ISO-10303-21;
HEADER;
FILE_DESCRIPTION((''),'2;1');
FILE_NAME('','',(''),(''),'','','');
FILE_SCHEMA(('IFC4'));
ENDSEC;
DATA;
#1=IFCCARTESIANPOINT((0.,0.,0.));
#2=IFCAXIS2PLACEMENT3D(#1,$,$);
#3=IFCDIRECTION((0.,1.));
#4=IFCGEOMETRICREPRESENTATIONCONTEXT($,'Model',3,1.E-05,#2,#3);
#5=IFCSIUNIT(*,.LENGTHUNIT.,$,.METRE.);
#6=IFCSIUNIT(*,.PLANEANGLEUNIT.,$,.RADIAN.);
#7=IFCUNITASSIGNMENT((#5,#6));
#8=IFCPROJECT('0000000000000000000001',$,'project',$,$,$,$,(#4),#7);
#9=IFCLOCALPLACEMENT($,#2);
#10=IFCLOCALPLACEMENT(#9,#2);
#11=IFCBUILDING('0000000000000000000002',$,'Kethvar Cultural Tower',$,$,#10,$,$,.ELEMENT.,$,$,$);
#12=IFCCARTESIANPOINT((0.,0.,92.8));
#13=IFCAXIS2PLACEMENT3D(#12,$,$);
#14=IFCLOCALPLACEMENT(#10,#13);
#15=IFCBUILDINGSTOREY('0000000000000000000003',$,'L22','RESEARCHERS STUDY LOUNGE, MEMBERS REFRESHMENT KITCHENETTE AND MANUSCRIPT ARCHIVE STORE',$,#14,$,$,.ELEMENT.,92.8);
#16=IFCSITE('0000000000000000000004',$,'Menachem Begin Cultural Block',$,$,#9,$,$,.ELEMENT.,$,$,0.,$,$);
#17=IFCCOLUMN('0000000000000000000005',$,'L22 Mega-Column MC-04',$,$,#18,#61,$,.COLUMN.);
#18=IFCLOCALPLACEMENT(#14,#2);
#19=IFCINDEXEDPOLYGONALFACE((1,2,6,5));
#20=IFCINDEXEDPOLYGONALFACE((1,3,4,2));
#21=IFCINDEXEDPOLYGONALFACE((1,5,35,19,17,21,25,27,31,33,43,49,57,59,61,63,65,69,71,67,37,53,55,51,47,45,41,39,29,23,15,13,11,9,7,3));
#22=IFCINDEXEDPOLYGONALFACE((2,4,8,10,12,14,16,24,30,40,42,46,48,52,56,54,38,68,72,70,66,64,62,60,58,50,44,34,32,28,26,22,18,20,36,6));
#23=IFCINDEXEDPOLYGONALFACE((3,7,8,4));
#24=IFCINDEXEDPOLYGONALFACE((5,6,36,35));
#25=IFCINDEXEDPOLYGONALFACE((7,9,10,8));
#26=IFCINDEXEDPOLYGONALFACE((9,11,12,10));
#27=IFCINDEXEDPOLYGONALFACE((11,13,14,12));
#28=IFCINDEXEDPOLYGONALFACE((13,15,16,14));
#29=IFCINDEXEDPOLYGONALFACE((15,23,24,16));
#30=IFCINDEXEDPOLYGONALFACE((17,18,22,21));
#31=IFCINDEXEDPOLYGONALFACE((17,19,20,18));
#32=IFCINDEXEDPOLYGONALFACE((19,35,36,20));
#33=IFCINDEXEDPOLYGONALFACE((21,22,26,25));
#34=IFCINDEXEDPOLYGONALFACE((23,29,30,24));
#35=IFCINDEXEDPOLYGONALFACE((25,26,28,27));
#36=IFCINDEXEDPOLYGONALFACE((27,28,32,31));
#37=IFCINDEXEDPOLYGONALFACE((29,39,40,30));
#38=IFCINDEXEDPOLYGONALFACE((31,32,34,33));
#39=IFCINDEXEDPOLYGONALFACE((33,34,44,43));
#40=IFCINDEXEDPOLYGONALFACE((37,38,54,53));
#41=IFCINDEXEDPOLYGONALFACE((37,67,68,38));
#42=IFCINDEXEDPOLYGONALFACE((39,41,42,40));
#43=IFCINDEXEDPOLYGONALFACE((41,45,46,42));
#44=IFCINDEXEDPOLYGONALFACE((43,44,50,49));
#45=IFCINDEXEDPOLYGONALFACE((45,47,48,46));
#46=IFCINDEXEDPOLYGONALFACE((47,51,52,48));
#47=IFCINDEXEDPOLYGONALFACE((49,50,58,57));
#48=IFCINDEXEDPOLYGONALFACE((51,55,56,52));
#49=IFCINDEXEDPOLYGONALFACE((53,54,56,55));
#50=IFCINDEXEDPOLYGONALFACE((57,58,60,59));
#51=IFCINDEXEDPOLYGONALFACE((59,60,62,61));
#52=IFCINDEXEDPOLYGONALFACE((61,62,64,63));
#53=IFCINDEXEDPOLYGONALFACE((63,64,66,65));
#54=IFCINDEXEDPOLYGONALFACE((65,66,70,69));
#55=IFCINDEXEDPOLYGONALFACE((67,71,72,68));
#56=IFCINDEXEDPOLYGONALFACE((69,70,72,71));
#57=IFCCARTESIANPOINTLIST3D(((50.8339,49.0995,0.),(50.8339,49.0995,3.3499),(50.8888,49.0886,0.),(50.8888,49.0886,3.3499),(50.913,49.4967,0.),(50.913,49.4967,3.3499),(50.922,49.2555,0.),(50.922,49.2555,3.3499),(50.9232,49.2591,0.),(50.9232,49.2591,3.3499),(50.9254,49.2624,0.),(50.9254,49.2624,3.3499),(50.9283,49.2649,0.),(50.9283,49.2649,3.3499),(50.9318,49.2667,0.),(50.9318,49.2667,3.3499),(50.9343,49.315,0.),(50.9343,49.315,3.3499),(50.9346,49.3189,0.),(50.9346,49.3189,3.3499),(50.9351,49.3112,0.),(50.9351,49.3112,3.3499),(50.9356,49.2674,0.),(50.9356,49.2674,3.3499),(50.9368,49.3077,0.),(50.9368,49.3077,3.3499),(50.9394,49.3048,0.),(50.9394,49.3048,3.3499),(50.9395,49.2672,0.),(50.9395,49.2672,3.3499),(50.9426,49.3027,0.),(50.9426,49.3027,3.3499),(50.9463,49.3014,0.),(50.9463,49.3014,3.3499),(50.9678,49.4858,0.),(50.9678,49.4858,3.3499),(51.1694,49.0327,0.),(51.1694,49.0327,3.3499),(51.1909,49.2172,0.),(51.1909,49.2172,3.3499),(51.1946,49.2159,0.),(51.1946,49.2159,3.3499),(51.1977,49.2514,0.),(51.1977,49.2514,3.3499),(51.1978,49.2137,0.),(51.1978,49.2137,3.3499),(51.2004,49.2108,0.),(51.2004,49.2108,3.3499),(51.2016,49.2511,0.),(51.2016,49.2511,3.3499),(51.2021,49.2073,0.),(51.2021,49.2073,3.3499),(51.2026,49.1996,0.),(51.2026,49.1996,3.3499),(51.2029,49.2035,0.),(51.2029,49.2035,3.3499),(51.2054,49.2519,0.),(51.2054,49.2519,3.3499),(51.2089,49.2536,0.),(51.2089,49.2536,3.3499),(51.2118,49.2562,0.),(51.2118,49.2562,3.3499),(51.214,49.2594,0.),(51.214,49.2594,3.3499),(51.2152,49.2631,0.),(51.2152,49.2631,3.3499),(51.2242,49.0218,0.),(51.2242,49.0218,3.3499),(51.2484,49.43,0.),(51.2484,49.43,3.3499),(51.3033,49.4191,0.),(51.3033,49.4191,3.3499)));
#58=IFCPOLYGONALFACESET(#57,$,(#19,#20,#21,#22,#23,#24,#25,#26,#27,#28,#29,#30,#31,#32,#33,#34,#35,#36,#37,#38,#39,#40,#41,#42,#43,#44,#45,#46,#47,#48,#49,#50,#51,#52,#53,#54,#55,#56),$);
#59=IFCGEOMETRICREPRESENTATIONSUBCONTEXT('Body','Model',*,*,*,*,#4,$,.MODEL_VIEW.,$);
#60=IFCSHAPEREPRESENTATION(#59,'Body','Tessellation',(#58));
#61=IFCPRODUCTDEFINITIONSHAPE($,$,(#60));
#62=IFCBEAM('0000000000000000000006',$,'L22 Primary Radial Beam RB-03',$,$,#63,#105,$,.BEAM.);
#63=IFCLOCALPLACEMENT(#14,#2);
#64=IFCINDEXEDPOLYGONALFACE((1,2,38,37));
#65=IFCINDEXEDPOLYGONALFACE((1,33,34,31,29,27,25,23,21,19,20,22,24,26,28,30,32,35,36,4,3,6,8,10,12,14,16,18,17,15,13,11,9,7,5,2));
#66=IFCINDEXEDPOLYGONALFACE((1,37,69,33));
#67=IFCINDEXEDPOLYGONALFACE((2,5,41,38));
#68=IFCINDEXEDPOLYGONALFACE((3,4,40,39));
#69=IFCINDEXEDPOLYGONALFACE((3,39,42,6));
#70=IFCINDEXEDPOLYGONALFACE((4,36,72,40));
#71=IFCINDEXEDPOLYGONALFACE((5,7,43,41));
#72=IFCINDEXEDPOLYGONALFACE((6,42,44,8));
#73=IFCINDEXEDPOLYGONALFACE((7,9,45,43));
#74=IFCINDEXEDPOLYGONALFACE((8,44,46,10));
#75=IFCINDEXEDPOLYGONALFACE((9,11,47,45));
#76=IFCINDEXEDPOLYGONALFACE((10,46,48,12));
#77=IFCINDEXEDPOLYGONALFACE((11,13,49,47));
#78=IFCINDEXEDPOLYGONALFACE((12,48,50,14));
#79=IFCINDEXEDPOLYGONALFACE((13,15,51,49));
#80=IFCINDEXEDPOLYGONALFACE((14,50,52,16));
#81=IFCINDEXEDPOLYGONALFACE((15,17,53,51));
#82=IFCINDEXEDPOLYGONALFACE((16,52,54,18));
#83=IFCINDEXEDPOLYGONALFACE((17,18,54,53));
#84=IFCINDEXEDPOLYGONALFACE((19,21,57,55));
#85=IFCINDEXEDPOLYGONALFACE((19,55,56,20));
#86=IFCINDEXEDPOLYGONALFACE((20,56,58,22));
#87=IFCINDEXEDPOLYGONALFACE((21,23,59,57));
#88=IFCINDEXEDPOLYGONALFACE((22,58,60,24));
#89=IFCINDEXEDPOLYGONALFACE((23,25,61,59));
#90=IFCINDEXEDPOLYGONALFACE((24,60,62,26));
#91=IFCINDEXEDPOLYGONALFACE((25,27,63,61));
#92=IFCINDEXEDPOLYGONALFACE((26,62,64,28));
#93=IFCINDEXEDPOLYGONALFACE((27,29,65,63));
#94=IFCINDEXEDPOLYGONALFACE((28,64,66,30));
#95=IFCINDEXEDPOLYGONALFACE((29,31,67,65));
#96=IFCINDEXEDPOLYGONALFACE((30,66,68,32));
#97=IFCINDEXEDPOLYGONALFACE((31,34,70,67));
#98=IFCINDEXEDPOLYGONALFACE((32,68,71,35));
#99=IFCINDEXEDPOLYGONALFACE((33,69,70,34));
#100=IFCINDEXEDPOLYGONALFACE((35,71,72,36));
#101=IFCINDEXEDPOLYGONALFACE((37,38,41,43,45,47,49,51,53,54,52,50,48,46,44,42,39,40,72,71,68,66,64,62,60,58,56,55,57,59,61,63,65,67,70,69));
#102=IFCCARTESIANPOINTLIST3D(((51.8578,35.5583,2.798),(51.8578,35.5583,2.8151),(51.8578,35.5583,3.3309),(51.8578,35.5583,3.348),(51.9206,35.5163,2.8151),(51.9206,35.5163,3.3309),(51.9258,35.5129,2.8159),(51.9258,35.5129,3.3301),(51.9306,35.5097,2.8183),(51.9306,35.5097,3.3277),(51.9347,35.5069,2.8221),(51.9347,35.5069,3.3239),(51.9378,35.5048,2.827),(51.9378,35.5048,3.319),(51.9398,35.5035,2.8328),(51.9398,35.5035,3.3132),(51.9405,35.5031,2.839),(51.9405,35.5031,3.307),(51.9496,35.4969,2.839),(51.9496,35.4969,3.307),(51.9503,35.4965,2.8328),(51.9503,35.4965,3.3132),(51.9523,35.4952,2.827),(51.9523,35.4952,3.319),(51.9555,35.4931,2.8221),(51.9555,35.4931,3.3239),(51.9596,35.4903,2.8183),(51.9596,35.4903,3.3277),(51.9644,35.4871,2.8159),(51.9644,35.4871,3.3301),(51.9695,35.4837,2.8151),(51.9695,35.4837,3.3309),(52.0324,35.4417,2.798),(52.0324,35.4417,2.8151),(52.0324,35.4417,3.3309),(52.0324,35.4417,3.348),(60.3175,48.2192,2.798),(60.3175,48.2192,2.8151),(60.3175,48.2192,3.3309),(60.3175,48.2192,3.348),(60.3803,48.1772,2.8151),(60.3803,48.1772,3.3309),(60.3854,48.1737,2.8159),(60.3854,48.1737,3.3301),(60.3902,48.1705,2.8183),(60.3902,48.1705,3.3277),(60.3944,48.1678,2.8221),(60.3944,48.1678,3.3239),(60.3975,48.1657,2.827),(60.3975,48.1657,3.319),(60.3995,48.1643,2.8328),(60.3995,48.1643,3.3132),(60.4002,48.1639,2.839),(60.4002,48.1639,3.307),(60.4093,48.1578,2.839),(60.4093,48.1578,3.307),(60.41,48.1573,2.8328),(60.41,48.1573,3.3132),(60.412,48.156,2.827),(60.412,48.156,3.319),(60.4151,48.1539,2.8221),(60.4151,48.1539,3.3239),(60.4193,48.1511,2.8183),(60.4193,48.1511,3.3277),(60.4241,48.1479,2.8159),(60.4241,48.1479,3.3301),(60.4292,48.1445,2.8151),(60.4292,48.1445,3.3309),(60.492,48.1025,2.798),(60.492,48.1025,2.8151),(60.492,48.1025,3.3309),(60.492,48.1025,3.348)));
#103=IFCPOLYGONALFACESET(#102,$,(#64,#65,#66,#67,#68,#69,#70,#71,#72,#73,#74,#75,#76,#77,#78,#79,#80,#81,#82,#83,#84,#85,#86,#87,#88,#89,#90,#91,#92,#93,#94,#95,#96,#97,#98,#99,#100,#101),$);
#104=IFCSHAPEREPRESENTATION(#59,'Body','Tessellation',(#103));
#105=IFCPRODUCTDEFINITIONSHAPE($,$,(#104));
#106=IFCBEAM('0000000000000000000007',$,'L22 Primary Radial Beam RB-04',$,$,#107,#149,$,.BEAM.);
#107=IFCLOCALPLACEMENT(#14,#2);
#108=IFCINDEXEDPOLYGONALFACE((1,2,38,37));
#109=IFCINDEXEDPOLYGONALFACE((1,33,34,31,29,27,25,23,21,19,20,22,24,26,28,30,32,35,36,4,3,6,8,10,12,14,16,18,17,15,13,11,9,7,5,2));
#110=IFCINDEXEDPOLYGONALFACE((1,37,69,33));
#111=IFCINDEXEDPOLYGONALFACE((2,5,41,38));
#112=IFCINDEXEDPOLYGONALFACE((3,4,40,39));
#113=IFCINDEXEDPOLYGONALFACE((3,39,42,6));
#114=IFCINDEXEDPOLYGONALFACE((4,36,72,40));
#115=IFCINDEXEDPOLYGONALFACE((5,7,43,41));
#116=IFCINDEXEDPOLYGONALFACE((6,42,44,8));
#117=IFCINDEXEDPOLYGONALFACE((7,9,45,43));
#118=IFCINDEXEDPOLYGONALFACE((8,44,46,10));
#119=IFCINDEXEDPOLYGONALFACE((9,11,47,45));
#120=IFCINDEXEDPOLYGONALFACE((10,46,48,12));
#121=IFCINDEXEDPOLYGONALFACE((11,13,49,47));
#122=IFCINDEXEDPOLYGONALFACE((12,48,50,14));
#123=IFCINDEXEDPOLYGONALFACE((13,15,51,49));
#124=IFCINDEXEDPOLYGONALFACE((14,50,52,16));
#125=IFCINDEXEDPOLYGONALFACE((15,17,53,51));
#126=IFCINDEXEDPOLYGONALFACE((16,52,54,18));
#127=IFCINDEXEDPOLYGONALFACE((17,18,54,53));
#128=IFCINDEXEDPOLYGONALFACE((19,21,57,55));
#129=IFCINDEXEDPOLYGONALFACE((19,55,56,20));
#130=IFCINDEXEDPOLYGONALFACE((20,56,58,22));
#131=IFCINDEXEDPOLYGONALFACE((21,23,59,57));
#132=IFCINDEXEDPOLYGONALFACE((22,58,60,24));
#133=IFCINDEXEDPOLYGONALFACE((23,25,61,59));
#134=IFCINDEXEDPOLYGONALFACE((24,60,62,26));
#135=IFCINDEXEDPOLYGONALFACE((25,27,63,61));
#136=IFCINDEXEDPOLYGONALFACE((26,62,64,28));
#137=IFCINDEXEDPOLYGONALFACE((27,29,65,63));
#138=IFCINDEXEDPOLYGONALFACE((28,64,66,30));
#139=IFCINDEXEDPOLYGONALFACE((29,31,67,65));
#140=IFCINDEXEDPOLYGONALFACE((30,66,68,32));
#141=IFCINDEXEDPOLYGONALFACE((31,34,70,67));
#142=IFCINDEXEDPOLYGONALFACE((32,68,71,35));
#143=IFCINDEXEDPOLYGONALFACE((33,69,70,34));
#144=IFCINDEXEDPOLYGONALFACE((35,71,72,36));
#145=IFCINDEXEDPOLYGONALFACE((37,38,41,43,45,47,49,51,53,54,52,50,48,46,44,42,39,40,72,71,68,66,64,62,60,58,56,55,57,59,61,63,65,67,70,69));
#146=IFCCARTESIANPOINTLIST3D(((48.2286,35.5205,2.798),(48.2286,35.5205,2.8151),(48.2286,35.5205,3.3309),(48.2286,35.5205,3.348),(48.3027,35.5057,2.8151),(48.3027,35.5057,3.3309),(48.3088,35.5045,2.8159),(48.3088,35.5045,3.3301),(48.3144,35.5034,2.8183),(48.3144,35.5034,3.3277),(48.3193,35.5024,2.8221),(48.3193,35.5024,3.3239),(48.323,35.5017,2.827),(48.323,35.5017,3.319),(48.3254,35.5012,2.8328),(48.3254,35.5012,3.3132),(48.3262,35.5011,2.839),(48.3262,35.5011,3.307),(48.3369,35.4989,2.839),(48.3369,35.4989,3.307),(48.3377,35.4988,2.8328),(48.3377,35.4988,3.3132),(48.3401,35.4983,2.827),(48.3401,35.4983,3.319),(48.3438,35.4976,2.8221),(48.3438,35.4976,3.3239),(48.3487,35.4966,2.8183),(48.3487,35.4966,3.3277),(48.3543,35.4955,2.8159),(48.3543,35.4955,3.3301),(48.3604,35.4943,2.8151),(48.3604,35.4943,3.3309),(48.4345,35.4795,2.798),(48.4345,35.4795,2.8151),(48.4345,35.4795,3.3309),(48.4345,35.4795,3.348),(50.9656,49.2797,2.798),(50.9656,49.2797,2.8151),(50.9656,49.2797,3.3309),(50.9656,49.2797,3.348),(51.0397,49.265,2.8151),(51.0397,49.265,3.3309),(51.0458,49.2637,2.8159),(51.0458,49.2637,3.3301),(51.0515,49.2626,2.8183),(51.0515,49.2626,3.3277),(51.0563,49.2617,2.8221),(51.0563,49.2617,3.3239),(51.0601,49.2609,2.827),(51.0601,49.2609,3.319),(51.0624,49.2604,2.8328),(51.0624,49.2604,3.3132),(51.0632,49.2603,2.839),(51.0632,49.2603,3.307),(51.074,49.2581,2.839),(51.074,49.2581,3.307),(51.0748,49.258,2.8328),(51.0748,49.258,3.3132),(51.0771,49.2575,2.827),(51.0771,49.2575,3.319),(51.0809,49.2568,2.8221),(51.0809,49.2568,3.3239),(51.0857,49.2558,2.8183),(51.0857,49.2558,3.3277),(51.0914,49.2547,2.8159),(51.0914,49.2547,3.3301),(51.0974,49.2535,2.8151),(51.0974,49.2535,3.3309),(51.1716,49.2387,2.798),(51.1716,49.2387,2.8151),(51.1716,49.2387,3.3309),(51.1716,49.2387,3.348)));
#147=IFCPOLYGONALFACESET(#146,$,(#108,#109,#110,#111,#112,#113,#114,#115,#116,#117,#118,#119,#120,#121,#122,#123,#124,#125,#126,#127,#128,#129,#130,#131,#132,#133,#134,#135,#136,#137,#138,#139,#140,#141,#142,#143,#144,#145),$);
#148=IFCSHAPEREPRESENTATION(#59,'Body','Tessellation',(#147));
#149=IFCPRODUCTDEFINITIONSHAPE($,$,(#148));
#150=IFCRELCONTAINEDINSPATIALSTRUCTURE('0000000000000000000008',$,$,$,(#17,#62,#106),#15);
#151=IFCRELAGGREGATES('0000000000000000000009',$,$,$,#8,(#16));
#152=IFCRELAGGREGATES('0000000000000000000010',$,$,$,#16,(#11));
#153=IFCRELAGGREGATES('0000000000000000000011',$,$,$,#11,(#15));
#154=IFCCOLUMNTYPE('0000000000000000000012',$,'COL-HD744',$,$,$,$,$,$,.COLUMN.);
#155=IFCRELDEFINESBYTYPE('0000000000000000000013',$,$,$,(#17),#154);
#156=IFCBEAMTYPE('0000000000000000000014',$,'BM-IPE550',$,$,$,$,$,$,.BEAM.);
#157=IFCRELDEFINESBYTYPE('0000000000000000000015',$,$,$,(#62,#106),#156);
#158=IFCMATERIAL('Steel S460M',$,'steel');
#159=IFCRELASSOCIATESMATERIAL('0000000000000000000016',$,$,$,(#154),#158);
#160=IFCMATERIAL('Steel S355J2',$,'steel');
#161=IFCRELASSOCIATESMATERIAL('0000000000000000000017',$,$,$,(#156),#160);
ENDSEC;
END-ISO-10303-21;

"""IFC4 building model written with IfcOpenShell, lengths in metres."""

from ifc_helpers import new_model, si_unit, direction, frame, origin, origin_2d, place, context, subcontext, project, spatial, i_section, extrude, source, transform, mapped, material, material_profile, profile_set, type_object, element, save


model = new_model("IFC4")

# Units and contexts
model_context = context("Model", 3, precision=1e-05, world=origin(), true_north=direction((0.0, 1.0)))
body_context = subcontext(model_context, "Body", "Model", "MODEL_VIEW")
ifc_project = project(units=[si_unit("LENGTHUNIT", "METRE"), si_unit("PLANEANGLEUNIT", "RADIAN")], contexts=[model_context])

# Site, building, storey
site_placement = place(None, origin())
site = spatial("IfcSite", under=ifc_project, at=site_placement, Name="Menachem Begin Cultural Block", CompositionType="ELEMENT", RefElevation=0.0)
building_placement = place(site_placement, origin())
building = spatial("IfcBuilding", under=site, at=building_placement, Name="Kethvar Cultural Tower", CompositionType="ELEMENT")
storey_placement = place(building_placement, frame((0.0, 0.0, 92.8)))
storey = spatial("IfcBuildingStorey", under=building, at=storey_placement, Name="L22", Description="RESEARCHERS STUDY LOUNGE, MEMBERS REFRESHMENT KITCHENETTE AND MANUSCRIPT ARCHIVE STORE", CompositionType="ELEMENT", Elevation=92.8)

# Column
ifc_material_1 = material(Name="Steel S460M", Category="steel")
ifc_material_profile_1 = material_profile(ifc_material_1, i_section(OverallWidth=0.405, OverallDepth=0.3979, WebThickness=0.0349, FlangeThickness=0.0559, FilletRadius=0.0149, at=origin_2d()), Name="Steel S460M — HD400x744")
ifc_profile_set_1 = profile_set([ifc_material_profile_1], Name="Steel S460M — HD400x744")
column_type = type_object("IfcColumnType", Name="COL-HD744", PredefinedType="COLUMN", material=ifc_profile_set_1)
shared_shape_1 = source(origin(), body_context, "Body", "SweptSolid", [
    extrude(i_section(OverallWidth=0.405, OverallDepth=0.3979, WebThickness=0.0349, FlangeThickness=0.0559, FilletRadius=0.0149, at=origin_2d()), origin(), (0.0, 0.0, 1.0), 3.3499),
])
column_placement = place(storey_placement, frame((51.0686, 49.2593, 0.0), z_axis=(0.0, 0.0, 1.0), x_axis=(0.19509, 0.980785, 0.0)))
element("IfcColumn", 1, at=column_placement, inside=storey, type_object=column_type, Name="L22 Mega-Column MC-04", PredefinedType="COLUMN", context=body_context, shape_type="MappedRepresentation", body=[
    mapped(shared_shape_1, transform((0.0, 0.0, 0.0), scale=1.0)),
])

# Beams
ifc_material_2 = material(Name="Steel S355J2", Category="steel")
ifc_material_profile_2 = material_profile(ifc_material_2, i_section(OverallWidth=0.21, OverallDepth=0.55, WebThickness=0.011, FlangeThickness=0.0171, FilletRadius=0.0239, at=origin_2d()), Name="Steel S355J2 — IPE550")
ifc_profile_set_2 = profile_set([ifc_material_profile_2], Name="Steel S355J2 — IPE550")
beam_type_1 = type_object("IfcBeamType", Name="BM-IPE550", PredefinedType="BEAM", material=ifc_profile_set_2)
shared_shape_2 = source(origin(), body_context, "Body", "SweptSolid", [
    extrude(i_section(OverallWidth=0.21, OverallDepth=0.55, WebThickness=0.011, FlangeThickness=0.0171, FilletRadius=0.0239, at=origin_2d()), origin(), (0.0, 0.0, 1.0), 15.2271),
])
beam_1_placement = place(storey_placement, frame((51.9451, 35.5, 3.073), z_axis=(0.555569, 0.83147, 0.0), x_axis=(-0.83147, 0.555569, 0.0)))
element("IfcBeam", 2, at=beam_1_placement, inside=storey, type_object=beam_type_1, Name="L22 Primary Radial Beam RB-03", PredefinedType="BEAM", context=body_context, shape_type="MappedRepresentation", body=[
    mapped(shared_shape_2, transform((0.0, 0.0, 0.0), scale=1.0)),
])
shared_shape_3 = source(origin(), body_context, "Body", "SweptSolid", [
    extrude(i_section(OverallWidth=0.21, OverallDepth=0.55, WebThickness=0.011, FlangeThickness=0.0171, FilletRadius=0.0239, at=origin_2d()), origin(), (0.0, 0.0, 1.0), 14.0288),
])
beam_2_placement = place(storey_placement, frame((48.3315, 35.5, 3.073), z_axis=(0.195102, 0.980783, 0.0), x_axis=(-0.980783, 0.195102, 0.0)))
element("IfcBeam", 3, at=beam_2_placement, inside=storey, type_object=beam_type_1, Name="L22 Primary Radial Beam RB-04", PredefinedType="BEAM", context=body_context, shape_type="MappedRepresentation", body=[
    mapped(shared_shape_3, transform((0.0, 0.0, 0.0), scale=1.0)),
])

save(model, "model.ifc")
